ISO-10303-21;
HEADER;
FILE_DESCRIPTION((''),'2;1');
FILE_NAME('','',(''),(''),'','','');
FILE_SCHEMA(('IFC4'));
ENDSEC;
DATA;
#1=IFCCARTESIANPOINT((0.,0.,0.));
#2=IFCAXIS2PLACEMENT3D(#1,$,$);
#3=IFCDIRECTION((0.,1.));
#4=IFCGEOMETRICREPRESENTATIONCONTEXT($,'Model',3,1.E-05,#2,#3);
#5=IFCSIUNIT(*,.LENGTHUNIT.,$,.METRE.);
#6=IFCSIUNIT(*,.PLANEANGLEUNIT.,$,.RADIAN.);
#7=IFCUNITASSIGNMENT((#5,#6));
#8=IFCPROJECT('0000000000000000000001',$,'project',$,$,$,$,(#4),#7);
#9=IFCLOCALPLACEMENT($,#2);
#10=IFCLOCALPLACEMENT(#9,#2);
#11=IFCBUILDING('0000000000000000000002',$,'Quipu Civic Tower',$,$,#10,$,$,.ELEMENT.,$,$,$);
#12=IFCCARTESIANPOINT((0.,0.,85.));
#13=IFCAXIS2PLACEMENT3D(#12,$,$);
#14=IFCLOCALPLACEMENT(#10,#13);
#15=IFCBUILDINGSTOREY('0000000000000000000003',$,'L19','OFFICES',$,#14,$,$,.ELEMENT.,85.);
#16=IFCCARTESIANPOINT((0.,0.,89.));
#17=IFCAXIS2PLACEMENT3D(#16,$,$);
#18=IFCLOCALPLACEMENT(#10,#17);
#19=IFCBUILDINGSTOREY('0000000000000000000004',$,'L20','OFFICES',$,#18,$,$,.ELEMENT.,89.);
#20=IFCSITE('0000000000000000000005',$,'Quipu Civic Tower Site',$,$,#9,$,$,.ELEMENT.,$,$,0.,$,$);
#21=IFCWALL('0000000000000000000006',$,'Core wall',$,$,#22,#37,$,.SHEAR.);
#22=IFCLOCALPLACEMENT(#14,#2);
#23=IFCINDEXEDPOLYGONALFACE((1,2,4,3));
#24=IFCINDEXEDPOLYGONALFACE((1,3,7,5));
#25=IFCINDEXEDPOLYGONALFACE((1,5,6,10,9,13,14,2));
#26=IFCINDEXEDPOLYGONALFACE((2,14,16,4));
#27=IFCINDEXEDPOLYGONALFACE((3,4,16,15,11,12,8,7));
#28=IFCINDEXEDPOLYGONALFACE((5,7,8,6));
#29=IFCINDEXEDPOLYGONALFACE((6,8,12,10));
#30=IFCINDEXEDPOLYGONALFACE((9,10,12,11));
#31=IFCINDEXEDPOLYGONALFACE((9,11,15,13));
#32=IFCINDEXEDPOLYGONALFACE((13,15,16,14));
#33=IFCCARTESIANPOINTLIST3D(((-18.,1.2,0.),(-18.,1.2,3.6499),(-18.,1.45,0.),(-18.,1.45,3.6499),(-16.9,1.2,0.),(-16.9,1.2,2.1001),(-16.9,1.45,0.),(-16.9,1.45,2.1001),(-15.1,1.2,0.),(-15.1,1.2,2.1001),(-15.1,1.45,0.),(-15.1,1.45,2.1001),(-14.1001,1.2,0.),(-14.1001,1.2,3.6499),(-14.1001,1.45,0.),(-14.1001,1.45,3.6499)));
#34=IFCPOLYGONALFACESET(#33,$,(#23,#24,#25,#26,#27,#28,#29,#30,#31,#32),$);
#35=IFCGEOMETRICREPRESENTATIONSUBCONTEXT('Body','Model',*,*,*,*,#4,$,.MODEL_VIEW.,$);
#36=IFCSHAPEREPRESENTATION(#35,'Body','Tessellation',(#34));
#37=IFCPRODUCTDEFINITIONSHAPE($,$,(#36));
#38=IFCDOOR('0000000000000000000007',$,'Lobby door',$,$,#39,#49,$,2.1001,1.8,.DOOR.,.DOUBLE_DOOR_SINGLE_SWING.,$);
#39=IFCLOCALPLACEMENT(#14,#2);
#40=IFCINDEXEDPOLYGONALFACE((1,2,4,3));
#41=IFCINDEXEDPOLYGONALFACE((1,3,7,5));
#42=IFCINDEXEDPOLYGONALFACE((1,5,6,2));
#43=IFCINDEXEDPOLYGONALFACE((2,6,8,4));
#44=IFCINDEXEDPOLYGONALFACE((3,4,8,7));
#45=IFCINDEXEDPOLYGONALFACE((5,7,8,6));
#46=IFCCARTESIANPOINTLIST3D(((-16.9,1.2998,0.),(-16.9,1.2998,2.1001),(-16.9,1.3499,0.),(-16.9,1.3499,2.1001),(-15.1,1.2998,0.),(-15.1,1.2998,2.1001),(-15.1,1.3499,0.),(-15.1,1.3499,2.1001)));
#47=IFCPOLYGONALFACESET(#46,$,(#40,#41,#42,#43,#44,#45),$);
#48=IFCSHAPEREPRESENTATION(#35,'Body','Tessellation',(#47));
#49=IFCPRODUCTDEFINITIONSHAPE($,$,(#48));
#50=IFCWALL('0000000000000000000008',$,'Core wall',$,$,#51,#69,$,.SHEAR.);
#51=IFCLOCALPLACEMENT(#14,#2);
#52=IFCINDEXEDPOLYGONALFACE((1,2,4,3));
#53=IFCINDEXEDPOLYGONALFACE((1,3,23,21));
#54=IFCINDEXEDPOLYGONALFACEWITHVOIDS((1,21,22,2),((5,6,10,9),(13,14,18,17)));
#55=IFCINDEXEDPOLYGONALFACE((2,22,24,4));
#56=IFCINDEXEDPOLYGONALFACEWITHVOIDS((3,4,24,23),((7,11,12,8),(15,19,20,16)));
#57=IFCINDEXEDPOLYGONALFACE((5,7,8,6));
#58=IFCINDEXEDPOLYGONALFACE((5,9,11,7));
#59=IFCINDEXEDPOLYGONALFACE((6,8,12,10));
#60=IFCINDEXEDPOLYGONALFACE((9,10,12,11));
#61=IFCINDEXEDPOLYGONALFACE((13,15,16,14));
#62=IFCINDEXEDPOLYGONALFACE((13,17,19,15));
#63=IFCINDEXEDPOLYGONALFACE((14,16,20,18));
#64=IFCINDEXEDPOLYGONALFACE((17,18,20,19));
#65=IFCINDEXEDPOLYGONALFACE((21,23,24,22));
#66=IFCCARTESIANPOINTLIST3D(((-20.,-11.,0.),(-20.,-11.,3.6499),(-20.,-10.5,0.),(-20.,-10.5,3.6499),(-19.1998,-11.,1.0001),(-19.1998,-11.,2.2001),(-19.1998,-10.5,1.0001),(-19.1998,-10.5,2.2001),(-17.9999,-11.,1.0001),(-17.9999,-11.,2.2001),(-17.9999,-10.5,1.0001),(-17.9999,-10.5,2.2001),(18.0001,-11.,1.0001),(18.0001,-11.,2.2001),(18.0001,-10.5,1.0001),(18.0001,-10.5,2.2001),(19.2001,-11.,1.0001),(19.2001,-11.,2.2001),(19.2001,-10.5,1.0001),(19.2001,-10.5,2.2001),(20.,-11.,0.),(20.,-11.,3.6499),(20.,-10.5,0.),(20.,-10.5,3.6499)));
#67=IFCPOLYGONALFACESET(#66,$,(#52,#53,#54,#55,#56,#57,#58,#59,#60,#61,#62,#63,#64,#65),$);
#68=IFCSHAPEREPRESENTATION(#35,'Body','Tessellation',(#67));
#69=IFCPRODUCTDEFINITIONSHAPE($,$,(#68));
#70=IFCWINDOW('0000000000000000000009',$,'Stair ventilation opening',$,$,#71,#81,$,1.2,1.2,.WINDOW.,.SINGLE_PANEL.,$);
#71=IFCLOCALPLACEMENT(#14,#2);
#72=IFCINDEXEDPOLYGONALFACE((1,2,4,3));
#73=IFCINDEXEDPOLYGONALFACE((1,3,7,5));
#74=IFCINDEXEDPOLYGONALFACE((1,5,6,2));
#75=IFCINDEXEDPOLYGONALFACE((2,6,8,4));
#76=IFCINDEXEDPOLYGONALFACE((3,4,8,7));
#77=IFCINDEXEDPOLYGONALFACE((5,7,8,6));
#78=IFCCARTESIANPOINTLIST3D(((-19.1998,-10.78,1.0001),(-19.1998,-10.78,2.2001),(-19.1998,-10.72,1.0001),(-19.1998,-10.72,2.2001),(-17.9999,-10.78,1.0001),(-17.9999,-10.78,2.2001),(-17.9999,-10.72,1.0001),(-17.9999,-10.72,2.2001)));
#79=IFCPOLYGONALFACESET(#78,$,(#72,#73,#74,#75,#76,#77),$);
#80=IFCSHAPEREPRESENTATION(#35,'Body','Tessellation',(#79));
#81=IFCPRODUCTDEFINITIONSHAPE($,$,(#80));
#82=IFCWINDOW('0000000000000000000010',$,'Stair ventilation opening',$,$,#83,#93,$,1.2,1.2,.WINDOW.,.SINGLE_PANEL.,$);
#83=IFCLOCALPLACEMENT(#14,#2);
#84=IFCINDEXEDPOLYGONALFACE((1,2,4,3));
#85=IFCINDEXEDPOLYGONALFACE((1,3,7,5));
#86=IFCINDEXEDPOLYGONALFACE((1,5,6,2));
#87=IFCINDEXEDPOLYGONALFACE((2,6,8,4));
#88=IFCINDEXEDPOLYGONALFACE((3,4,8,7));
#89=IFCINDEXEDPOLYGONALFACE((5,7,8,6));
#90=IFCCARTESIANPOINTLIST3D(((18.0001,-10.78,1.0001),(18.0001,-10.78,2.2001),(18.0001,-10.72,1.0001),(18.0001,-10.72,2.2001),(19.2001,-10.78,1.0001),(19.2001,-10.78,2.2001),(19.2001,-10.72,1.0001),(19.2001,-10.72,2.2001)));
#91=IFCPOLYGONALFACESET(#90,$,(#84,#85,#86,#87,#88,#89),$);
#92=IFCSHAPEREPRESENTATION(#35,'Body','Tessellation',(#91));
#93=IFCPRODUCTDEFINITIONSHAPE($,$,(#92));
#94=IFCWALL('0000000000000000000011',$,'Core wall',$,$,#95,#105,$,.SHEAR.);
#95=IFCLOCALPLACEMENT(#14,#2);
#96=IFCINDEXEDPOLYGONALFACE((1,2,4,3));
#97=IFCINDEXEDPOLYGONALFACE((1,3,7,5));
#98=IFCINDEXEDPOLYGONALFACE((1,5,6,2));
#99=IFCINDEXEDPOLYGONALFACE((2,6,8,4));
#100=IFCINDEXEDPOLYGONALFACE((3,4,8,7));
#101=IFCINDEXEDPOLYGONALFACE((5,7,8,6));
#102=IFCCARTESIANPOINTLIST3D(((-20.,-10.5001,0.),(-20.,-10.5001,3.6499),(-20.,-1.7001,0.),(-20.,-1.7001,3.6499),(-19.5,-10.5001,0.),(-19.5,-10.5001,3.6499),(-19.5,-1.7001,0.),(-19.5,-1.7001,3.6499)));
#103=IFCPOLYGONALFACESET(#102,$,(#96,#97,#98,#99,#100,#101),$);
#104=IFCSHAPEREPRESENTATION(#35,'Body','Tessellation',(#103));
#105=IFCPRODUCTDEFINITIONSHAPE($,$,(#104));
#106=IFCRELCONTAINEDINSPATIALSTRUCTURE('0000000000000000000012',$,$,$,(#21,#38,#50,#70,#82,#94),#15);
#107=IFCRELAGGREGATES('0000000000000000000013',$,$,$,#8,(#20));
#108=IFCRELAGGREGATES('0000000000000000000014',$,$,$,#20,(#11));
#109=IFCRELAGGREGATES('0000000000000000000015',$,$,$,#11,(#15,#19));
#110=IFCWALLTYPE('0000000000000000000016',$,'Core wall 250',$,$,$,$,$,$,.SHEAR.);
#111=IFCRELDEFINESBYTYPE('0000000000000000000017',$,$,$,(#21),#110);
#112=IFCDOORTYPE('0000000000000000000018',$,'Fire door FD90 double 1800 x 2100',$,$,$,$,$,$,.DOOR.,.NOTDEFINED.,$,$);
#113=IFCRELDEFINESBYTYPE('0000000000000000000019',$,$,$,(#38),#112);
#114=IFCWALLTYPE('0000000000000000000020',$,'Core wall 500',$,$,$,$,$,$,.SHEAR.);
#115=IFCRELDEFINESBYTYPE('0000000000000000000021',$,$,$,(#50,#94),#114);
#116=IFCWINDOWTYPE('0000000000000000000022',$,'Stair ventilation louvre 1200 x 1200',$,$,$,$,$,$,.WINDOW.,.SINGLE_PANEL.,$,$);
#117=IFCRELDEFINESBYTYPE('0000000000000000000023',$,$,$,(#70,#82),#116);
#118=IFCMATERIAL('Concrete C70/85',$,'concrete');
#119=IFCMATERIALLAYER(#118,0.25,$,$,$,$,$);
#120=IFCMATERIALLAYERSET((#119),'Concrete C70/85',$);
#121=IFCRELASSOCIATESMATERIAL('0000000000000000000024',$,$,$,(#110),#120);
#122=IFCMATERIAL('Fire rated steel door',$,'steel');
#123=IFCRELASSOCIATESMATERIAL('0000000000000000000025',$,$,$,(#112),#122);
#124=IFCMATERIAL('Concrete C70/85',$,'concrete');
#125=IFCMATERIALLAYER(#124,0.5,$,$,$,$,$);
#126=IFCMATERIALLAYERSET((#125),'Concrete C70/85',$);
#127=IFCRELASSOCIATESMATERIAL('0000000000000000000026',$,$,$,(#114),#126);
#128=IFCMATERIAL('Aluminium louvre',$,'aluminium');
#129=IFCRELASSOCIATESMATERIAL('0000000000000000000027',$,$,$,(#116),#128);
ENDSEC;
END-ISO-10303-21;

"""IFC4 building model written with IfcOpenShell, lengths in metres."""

from ifc_helpers import new_model, si_unit, direction, frame, frame_2d, origin, place, context, subcontext, project, spatial, rectangle, extrude, material, layer, layer_set, type_object, element, fill, save


model = new_model("IFC4")

# Units and contexts
model_context = context("Model", 3, precision=1e-05, world=origin(), true_north=direction((0.0, 1.0)))
body_context = subcontext(model_context, "Body", "Model", "MODEL_VIEW")
ifc_project = project(units=[si_unit("LENGTHUNIT", "METRE"), si_unit("PLANEANGLEUNIT", "RADIAN")], contexts=[model_context])

# Site, building, storey
site_placement = place(None, origin())
site = spatial("IfcSite", under=ifc_project, at=site_placement, Name="Quipu Civic Tower Site", CompositionType="ELEMENT", RefElevation=0.0)
building_placement = place(site_placement, origin())
building = spatial("IfcBuilding", under=site, at=building_placement, Name="Quipu Civic Tower", CompositionType="ELEMENT")
storey_1_placement = place(building_placement, frame((0.0, 0.0, 85.0)))
storey_1 = spatial("IfcBuildingStorey", under=building, at=storey_1_placement, Name="L19", Description="OFFICES", CompositionType="ELEMENT", Elevation=85.0)

# Shared definitions
storey_2_placement = place(building_placement, frame((0.0, 0.0, 89.0)))
storey_2 = spatial("IfcBuildingStorey", under=building, at=storey_2_placement, Name="L20", Description="OFFICES", CompositionType="ELEMENT", Elevation=89.0)

# Wall, opening, door
ifc_material_1 = material(Name="Concrete C70/85", Category="concrete")
ifc_layer_1 = layer(ifc_material_1, 0.25)
ifc_layer_set_1 = layer_set([ifc_layer_1], Name="Concrete C70/85")
wall_type_1 = type_object("IfcWallType", Name="Core wall 250", PredefinedType="SHEAR", material=ifc_layer_set_1)
wall_1_placement = place(storey_1_placement, frame((-18.0, 1.325, 0.0), z_axis=(0.0, 0.0, 1.0), x_axis=(1.0, 0.0, 0.0)))
wall_1 = element("IfcWall", 1, at=wall_1_placement, inside=storey_1, type_object=wall_type_1, Name="Core wall", PredefinedType="SHEAR", context=body_context, shape_type="SweptSolid", body=[
    extrude(rectangle(XDim=3.8999, YDim=0.25, at=frame_2d((1.95, 0.0))), origin(), (0.0, 0.0, 1.0), 3.6499),
])
opening_1_placement = place(wall_1_placement, frame((1.1001, 0.0, 0.0)))
opening_1 = element("IfcOpeningElement", 2, at=opening_1_placement, cuts=wall_1, PredefinedType="OPENING", context=body_context, shape_type="SweptSolid", body=[
    extrude(rectangle(XDim=1.8, YDim=2.1001, at=frame_2d((0.8999, 1.05))), frame((0.0, 0.135, 0.0), z_axis=(0.0, -1.0, 0.0), x_axis=(1.0, 0.0, 0.0)), (0.0, 0.0, 1.0), 0.27),
])
ifc_material_2 = material(Name="Fire rated steel door", Category="steel")
door_type_1 = type_object("IfcDoorType", Name="Fire door FD90 double 1800 x 2100", OperationType="NOTDEFINED", PredefinedType="DOOR", material=ifc_material_2)
door_1_placement = place(opening_1_placement, origin())
door_1 = element("IfcDoor", 3, at=door_1_placement, inside=storey_1, type_object=door_type_1, Name="Lobby door", OperationType="DOUBLE_DOOR_SINGLE_SWING", OverallHeight=2.1001, OverallWidth=1.8, PredefinedType="DOOR", context=body_context, shape_type="SweptSolid", body=[
    extrude(rectangle(XDim=1.8, YDim=2.1001, at=frame_2d((0.8999, 1.05))), frame((0.0, 0.0249, 0.0), z_axis=(0.0, -1.0, 0.0), x_axis=(1.0, 0.0, 0.0)), (0.0, 0.0, 1.0), 0.05),
])
fill(opening_1, door_1)

# Wall, openings, windows
ifc_material_3 = material(Name="Concrete C70/85", Category="concrete")
ifc_layer_2 = layer(ifc_material_3, 0.5)
ifc_layer_set_2 = layer_set([ifc_layer_2], Name="Concrete C70/85")
wall_type_2 = type_object("IfcWallType", Name="Core wall 500", PredefinedType="SHEAR", material=ifc_layer_set_2)
wall_2_placement = place(storey_1_placement, frame((-20.0, -10.75, 0.0), z_axis=(0.0, 0.0, 1.0), x_axis=(1.0, 0.0, 0.0)))
wall_2 = element("IfcWall", 4, at=wall_2_placement, inside=storey_1, type_object=wall_type_2, Name="Core wall", PredefinedType="SHEAR", context=body_context, shape_type="SweptSolid", body=[
    extrude(rectangle(XDim=40.0, YDim=0.5, at=frame_2d((20.0, 0.0))), origin(), (0.0, 0.0, 1.0), 3.6499),
])
opening_2_placement = place(wall_2_placement, frame((0.8, 0.0, 1.0)))
opening_2 = element("IfcOpeningElement", 5, at=opening_2_placement, cuts=wall_2, PredefinedType="OPENING", context=body_context, shape_type="SweptSolid", body=[
    extrude(rectangle(XDim=1.2, YDim=1.2, at=frame_2d((0.6001, 0.6001))), frame((0.0, 0.26, 0.0), z_axis=(0.0, -1.0, 0.0), x_axis=(1.0, 0.0, 0.0)), (0.0, 0.0, 1.0), 0.52),
])
opening_3_placement = place(wall_2_placement, frame((38.0, 0.0, 1.0)))
opening_3 = element("IfcOpeningElement", 6, at=opening_3_placement, cuts=wall_2, PredefinedType="OPENING", context=body_context, shape_type="SweptSolid", body=[
    extrude(rectangle(XDim=1.2, YDim=1.2, at=frame_2d((0.6001, 0.6001))), frame((0.0, 0.26, 0.0), z_axis=(0.0, -1.0, 0.0), x_axis=(1.0, 0.0, 0.0)), (0.0, 0.0, 1.0), 0.52),
])
ifc_material_4 = material(Name="Aluminium louvre", Category="aluminium")
window_type = type_object("IfcWindowType", Name="Stair ventilation louvre 1200 x 1200", PartitioningType="SINGLE_PANEL", PredefinedType="WINDOW", material=ifc_material_4)
window_1_placement = place(opening_2_placement, origin())
window_1 = element("IfcWindow", 7, at=window_1_placement, inside=storey_1, type_object=window_type, Name="Stair ventilation opening", OverallHeight=1.2, OverallWidth=1.2, PartitioningType="SINGLE_PANEL", PredefinedType="WINDOW", context=body_context, shape_type="SweptSolid", body=[
    extrude(rectangle(XDim=1.2, YDim=1.2, at=frame_2d((0.6001, 0.6001))), frame((0.0, 0.03, 0.0), z_axis=(0.0, -1.0, 0.0), x_axis=(1.0, 0.0, 0.0)), (0.0, 0.0, 1.0), 0.0601),
])
fill(opening_2, window_1)
window_2_placement = place(opening_3_placement, origin())
window_2 = element("IfcWindow", 8, at=window_2_placement, inside=storey_1, type_object=window_type, Name="Stair ventilation opening", OverallHeight=1.2, OverallWidth=1.2, PartitioningType="SINGLE_PANEL", PredefinedType="WINDOW", context=body_context, shape_type="SweptSolid", body=[
    extrude(rectangle(XDim=1.2, YDim=1.2, at=frame_2d((0.6001, 0.6001))), frame((0.0, 0.03, 0.0), z_axis=(0.0, -1.0, 0.0), x_axis=(1.0, 0.0, 0.0)), (0.0, 0.0, 1.0), 0.0601),
])
fill(opening_3, window_2)

# Wall
wall_3_placement = place(storey_1_placement, frame((-19.75, -10.5, 0.0), z_axis=(0.0, 0.0, 1.0), x_axis=(0.0, 1.0, 0.0)))
element("IfcWall", 9, at=wall_3_placement, inside=storey_1, type_object=wall_type_2, Name="Core wall", PredefinedType="SHEAR", context=body_context, shape_type="SweptSolid", body=[
    extrude(rectangle(XDim=8.8, YDim=0.5, at=frame_2d((4.3999, 0.0))), origin(), (0.0, 0.0, 1.0), 3.6499),
])

save(model, "model.ifc")
